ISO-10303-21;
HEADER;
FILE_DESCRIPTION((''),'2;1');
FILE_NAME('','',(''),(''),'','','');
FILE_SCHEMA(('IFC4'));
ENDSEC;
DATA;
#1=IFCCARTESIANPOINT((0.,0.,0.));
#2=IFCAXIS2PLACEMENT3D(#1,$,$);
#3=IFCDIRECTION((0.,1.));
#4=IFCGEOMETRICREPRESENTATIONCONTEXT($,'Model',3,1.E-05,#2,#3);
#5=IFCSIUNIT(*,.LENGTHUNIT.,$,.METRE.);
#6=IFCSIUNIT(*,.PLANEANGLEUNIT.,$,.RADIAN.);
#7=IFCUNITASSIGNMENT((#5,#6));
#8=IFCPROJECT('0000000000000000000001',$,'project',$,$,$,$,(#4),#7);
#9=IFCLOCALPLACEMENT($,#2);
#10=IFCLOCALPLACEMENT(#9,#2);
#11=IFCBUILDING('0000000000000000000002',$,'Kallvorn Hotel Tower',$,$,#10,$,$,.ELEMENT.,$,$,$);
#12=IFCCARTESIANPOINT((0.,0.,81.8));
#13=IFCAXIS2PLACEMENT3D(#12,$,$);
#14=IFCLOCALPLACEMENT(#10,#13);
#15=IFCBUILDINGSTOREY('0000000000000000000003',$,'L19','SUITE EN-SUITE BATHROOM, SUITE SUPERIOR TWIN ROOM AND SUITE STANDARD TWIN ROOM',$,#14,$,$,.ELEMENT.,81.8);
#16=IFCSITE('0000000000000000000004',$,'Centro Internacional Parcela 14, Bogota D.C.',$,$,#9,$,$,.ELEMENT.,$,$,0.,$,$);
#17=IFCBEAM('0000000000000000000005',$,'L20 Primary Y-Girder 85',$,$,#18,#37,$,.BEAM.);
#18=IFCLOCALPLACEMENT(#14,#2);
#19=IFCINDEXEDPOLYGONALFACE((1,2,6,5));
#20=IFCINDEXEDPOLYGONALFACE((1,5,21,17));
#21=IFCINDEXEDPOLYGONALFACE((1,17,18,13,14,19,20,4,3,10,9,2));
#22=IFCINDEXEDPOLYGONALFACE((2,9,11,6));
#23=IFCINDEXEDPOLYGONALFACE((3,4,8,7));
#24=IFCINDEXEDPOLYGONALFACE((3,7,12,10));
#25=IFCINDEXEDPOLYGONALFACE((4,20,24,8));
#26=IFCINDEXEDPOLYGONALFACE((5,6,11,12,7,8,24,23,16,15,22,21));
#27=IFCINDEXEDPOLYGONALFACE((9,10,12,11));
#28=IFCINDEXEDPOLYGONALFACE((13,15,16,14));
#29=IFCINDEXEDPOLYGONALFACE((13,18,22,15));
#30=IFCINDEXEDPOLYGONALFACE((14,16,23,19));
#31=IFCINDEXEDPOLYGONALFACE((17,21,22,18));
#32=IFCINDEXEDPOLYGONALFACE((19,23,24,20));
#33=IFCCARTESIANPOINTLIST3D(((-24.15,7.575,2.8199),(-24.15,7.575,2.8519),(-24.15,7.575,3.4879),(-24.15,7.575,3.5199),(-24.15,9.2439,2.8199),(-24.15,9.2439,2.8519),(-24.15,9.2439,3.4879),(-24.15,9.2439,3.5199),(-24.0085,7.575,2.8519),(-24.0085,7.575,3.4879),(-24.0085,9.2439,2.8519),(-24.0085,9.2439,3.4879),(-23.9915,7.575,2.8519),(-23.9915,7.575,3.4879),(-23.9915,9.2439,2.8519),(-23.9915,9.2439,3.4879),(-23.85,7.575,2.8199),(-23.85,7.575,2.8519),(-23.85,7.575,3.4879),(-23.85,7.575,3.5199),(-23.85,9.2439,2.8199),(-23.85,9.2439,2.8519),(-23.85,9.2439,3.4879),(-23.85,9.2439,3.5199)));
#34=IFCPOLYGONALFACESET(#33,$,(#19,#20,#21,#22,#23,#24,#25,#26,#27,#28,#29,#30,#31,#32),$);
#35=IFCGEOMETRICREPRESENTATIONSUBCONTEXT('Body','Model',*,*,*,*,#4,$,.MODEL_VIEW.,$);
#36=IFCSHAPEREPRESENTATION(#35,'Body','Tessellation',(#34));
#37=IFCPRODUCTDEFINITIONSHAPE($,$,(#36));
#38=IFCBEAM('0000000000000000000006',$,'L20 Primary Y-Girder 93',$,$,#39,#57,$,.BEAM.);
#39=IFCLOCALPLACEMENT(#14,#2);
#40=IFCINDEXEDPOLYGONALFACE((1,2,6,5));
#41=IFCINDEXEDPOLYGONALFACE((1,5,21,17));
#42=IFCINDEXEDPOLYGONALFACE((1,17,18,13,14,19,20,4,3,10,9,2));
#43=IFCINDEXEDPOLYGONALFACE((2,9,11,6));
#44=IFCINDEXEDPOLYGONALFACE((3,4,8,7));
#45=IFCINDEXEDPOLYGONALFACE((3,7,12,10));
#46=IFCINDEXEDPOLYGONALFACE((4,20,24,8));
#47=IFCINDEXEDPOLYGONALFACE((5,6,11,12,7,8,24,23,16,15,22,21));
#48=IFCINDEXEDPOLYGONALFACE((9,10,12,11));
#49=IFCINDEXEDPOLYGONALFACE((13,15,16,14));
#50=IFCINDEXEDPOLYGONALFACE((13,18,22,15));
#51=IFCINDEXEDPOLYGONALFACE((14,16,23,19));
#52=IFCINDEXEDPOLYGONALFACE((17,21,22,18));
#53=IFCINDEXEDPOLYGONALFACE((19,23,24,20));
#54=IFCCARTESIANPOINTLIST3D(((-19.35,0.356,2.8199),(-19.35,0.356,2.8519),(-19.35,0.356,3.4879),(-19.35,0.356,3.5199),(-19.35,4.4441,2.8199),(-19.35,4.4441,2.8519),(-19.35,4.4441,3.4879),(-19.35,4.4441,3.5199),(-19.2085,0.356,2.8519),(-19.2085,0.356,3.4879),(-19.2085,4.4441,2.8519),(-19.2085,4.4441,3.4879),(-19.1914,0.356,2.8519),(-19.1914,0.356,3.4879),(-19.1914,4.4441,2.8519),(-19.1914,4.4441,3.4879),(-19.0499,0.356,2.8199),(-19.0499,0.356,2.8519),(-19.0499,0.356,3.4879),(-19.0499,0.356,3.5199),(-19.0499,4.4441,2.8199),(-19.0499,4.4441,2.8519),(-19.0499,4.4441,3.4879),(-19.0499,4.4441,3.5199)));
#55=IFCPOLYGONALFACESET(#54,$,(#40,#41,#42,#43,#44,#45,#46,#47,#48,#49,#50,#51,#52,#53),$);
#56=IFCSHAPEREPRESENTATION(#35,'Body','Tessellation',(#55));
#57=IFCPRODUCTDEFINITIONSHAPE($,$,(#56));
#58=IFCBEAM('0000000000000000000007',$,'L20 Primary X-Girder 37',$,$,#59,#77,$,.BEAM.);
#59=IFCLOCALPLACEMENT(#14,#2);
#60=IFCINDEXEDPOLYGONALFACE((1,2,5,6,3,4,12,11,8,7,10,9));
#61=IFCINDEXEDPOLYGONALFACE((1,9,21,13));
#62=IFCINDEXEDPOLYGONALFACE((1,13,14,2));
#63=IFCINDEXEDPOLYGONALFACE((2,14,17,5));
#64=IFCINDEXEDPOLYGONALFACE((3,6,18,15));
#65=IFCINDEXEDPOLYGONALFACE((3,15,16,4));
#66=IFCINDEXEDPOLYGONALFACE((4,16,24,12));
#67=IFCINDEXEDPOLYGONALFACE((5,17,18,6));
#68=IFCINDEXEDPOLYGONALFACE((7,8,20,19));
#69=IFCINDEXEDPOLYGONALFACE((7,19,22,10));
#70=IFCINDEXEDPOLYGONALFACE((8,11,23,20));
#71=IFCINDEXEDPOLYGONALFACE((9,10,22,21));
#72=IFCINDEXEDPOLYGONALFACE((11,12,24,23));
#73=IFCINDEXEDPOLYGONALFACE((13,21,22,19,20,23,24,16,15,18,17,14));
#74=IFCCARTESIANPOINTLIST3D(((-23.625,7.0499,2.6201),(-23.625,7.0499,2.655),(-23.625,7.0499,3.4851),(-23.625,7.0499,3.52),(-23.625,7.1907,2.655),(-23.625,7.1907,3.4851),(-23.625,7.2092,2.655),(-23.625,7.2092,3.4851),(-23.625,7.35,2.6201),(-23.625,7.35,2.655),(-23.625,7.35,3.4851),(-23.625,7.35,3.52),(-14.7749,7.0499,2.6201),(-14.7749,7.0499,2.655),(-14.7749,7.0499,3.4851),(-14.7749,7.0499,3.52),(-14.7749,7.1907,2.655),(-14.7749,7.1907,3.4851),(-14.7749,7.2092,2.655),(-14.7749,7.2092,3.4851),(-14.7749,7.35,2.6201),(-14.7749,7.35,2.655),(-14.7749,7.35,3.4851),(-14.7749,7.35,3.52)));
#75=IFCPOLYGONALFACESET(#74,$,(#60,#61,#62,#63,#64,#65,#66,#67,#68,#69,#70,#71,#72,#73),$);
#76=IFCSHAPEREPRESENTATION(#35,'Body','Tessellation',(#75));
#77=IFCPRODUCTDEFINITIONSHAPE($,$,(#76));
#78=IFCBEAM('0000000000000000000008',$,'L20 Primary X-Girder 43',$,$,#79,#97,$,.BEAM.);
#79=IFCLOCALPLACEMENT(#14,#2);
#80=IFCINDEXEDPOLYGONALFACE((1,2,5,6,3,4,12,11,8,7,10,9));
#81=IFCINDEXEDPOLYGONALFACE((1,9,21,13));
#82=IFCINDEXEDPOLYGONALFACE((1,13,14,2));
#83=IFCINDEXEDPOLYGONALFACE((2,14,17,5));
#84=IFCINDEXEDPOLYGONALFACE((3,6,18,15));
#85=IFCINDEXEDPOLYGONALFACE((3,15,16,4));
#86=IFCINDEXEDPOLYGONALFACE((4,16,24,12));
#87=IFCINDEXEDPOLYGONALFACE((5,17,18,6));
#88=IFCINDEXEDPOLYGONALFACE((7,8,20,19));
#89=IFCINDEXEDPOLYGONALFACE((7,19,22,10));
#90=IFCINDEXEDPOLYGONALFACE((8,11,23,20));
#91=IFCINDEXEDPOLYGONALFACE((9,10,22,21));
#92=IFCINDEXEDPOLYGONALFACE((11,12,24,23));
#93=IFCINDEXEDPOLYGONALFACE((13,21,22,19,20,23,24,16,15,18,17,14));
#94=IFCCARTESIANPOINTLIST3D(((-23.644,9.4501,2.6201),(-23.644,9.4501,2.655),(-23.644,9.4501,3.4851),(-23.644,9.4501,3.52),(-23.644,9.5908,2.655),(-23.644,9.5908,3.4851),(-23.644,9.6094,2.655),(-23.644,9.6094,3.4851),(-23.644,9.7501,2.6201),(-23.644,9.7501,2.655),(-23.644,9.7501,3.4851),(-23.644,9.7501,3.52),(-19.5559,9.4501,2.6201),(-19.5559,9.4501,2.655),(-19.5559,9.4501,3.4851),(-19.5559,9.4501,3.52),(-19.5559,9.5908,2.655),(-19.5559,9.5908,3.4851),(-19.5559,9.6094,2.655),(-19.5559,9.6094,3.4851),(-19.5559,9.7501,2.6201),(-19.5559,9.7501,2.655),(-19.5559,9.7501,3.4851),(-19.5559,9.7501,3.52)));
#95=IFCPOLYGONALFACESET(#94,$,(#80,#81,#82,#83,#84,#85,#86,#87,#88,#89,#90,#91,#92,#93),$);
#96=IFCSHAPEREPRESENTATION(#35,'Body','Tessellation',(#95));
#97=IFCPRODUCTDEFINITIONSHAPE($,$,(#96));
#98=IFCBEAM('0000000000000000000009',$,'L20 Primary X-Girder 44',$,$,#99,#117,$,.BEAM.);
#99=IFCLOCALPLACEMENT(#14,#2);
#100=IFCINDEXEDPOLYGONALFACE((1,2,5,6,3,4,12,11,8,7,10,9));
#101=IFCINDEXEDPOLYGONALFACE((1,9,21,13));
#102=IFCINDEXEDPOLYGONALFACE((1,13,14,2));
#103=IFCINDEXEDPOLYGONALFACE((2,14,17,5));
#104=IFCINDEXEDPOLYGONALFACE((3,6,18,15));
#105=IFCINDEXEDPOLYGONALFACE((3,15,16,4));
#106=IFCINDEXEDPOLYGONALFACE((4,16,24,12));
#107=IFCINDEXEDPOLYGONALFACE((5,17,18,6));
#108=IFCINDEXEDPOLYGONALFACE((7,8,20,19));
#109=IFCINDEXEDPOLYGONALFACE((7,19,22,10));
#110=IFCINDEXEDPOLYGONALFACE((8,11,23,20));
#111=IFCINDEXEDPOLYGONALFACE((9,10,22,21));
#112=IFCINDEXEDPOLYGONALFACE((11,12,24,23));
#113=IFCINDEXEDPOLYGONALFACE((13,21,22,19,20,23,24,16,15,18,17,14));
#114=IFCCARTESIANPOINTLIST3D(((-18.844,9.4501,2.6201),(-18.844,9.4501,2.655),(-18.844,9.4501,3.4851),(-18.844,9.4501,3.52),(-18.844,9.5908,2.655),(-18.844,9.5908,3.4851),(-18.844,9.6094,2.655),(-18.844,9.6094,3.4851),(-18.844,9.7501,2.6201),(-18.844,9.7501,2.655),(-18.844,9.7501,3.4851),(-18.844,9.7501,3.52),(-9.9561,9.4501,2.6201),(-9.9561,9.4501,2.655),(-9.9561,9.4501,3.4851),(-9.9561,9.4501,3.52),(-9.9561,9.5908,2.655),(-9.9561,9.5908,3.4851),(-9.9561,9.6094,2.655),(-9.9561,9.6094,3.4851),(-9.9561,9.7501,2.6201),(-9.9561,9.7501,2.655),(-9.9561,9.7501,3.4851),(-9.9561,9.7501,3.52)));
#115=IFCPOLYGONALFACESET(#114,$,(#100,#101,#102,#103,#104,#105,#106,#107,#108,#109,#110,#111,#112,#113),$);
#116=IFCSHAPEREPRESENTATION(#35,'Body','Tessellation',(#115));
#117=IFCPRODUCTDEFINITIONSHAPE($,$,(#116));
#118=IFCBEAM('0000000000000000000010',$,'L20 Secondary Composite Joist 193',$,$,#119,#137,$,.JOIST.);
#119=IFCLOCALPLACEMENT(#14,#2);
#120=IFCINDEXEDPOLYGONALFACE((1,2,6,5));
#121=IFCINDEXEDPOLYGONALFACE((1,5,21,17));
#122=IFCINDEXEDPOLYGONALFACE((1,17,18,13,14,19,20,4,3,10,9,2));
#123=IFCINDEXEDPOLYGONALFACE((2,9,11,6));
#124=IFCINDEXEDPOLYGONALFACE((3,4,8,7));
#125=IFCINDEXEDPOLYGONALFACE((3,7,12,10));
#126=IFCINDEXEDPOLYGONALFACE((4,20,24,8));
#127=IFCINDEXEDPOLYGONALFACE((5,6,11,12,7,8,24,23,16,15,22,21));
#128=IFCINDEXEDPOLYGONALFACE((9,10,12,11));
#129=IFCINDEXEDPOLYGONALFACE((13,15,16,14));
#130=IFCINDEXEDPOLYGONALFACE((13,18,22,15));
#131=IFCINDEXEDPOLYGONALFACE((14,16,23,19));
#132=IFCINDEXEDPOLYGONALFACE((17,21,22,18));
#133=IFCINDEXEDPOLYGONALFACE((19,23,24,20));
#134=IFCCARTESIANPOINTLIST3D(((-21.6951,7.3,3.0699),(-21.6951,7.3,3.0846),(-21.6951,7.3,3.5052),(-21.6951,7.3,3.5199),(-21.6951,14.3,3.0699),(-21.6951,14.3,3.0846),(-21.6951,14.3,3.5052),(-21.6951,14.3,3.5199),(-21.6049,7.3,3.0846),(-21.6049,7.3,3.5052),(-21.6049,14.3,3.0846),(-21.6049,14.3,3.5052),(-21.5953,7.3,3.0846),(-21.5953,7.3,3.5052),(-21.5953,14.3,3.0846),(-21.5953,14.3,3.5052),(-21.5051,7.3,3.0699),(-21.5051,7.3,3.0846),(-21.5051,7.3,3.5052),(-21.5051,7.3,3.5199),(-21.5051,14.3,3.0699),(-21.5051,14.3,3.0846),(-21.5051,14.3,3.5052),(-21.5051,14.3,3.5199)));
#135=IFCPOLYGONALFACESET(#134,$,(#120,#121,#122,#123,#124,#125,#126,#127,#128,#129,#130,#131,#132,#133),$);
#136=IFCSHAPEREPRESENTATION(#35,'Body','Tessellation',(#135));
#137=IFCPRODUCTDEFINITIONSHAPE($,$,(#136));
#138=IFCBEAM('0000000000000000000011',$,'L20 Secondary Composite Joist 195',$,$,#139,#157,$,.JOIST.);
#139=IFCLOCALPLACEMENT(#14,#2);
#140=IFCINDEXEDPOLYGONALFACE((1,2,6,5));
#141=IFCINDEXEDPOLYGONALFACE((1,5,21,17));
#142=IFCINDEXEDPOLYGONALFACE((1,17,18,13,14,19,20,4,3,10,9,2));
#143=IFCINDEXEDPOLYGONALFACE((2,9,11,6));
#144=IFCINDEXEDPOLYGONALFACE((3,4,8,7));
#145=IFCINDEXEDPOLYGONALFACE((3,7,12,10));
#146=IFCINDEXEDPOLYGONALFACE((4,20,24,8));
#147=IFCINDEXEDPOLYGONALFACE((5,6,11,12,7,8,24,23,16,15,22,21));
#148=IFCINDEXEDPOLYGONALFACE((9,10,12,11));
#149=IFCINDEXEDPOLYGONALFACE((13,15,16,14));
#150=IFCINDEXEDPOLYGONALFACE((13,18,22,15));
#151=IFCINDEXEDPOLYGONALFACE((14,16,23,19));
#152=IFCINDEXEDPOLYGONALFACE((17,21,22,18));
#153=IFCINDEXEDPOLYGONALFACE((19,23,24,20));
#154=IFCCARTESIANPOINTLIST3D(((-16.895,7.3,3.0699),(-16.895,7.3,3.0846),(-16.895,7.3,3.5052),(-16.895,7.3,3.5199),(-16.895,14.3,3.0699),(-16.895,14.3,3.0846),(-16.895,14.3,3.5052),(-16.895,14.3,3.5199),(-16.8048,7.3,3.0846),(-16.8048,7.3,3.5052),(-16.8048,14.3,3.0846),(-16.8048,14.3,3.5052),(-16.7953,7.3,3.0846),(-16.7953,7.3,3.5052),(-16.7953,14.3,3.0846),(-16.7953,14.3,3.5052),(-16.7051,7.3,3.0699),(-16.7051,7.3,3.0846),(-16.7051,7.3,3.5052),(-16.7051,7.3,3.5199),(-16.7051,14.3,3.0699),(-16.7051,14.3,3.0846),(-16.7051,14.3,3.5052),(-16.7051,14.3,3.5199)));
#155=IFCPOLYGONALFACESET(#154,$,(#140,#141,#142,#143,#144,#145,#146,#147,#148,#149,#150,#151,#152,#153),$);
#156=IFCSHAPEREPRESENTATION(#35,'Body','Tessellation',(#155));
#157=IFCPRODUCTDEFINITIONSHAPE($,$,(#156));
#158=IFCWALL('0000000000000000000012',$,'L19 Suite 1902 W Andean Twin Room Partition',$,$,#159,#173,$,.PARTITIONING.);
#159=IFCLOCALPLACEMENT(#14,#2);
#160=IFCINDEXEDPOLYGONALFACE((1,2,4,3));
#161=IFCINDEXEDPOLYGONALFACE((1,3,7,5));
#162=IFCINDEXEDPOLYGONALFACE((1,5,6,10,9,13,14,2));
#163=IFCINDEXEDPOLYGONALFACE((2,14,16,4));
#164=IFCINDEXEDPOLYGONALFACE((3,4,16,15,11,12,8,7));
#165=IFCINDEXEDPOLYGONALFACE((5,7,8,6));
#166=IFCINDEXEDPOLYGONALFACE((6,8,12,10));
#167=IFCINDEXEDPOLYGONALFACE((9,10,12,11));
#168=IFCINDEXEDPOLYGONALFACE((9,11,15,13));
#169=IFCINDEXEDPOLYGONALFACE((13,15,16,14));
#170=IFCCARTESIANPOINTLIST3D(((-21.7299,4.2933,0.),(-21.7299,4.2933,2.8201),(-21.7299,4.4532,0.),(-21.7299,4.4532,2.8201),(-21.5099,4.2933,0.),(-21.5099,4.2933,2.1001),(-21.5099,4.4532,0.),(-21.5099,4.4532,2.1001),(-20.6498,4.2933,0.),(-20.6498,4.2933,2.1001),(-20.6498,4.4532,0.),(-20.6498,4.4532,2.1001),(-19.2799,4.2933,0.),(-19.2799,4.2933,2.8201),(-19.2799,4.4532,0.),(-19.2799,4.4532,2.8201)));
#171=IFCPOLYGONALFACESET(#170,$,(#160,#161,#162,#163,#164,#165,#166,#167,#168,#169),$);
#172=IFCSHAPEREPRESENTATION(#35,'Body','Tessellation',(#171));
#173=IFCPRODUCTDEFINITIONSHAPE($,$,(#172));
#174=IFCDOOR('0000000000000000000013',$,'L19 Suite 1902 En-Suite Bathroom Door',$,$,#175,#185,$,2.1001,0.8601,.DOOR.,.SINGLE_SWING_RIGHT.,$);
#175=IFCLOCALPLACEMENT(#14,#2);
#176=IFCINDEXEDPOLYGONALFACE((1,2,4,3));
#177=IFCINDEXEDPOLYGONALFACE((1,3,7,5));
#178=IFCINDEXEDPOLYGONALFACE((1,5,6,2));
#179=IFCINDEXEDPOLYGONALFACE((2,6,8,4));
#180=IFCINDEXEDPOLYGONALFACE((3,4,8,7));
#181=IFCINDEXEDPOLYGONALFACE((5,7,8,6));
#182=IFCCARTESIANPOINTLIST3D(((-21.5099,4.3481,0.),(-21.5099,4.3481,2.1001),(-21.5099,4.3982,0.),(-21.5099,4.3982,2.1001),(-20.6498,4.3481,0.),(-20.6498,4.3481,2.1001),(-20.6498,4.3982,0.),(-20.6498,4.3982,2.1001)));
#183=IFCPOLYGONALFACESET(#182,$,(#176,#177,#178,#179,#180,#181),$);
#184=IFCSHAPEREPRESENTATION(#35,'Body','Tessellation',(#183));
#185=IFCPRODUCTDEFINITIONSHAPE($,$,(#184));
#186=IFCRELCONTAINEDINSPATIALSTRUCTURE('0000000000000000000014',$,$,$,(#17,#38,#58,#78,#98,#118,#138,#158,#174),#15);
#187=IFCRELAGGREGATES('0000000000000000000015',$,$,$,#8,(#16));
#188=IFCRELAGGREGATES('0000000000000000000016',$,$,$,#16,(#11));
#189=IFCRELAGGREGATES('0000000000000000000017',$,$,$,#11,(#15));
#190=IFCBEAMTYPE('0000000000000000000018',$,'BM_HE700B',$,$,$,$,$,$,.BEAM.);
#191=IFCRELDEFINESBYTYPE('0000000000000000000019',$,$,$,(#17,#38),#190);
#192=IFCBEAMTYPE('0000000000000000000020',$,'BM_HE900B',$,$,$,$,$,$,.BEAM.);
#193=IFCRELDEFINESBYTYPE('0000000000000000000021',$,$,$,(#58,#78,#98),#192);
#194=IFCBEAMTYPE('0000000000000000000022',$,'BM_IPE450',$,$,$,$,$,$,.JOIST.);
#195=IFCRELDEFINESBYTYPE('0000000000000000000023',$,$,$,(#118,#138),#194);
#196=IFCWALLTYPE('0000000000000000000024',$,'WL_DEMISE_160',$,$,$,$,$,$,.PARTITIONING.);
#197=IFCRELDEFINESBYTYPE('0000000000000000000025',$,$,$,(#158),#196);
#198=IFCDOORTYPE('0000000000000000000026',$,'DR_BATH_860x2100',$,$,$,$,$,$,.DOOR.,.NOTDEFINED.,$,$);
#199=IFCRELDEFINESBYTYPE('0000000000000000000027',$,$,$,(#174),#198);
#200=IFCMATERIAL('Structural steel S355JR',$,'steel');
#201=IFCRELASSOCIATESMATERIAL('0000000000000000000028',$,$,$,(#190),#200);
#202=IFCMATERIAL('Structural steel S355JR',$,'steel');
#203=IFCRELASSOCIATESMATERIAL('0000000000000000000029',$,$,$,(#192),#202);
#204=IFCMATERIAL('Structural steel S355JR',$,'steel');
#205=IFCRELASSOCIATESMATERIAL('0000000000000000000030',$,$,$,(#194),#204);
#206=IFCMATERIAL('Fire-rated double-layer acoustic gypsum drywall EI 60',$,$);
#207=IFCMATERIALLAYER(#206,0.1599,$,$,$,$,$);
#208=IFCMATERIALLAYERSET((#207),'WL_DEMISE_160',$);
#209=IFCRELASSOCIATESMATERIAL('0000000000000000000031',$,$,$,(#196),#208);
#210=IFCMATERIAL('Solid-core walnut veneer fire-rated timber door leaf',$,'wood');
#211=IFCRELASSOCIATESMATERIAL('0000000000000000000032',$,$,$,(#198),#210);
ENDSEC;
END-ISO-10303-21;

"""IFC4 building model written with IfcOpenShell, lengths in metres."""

from ifc_helpers import new_model, si_unit, direction, frame, frame_2d, origin, origin_2d, place, context, subcontext, project, spatial, rectangle, i_section, extrude, material, layer, layer_set, material_profile, profile_set, type_object, element, fill, save


model = new_model("IFC4")

# Units and contexts
model_context = context("Model", 3, precision=1e-05, world=origin(), true_north=direction((0.0, 1.0)))
body_context = subcontext(model_context, "Body", "Model", "MODEL_VIEW")
ifc_project = project(units=[si_unit("LENGTHUNIT", "METRE"), si_unit("PLANEANGLEUNIT", "RADIAN")], contexts=[model_context])

# Site, building, storey
site_placement = place(None, origin())
site = spatial("IfcSite", under=ifc_project, at=site_placement, Name="Centro Internacional Parcela 14, Bogota D.C.", CompositionType="ELEMENT", RefElevation=0.0)
building_placement = place(site_placement, origin())
building = spatial("IfcBuilding", under=site, at=building_placement, Name="Kallvorn Hotel Tower", CompositionType="ELEMENT")
storey_placement = place(building_placement, frame((0.0, 0.0, 81.8)))
storey = spatial("IfcBuildingStorey", under=building, at=storey_placement, Name="L19", Description="SUITE EN-SUITE BATHROOM, SUITE SUPERIOR TWIN ROOM AND SUITE STANDARD TWIN ROOM", CompositionType="ELEMENT", Elevation=81.8)

# Beams
ifc_material_1 = material(Name="Structural steel S355JR", Category="steel")
ifc_material_profile_1 = material_profile(ifc_material_1, i_section(OverallWidth=0.3, OverallDepth=0.7, WebThickness=0.0171, FlangeThickness=0.032, at=origin_2d()), Name="HE 700 B")
ifc_profile_set_1 = profile_set([ifc_material_profile_1], Name="Structural steel S355JR")
beam_type_1 = type_object("IfcBeamType", Name="BM_HE700B", PredefinedType="BEAM", material=ifc_profile_set_1)
beam_1_placement = place(storey_placement, frame((-24.0, 7.575, 3.1699), z_axis=(0.0, 1.0, 0.0), x_axis=(-1.0, 0.0, 0.0)))
element("IfcBeam", 1, at=beam_1_placement, inside=storey, type_object=beam_type_1, Name="L20 Primary Y-Girder 85", PredefinedType="BEAM", context=body_context, shape_type="SweptSolid", body=[
    extrude(i_section(OverallWidth=0.3, OverallDepth=0.7, WebThickness=0.0171, FlangeThickness=0.032, at=origin_2d()), origin(), (0.0, 0.0, 1.0), 1.6689),
])
beam_2_placement = place(storey_placement, frame((-19.2, 0.356, 3.1699), z_axis=(0.0, 1.0, 0.0), x_axis=(-1.0, 0.0, 0.0)))
element("IfcBeam", 2, at=beam_2_placement, inside=storey, type_object=beam_type_1, Name="L20 Primary Y-Girder 93", PredefinedType="BEAM", context=body_context, shape_type="SweptSolid", body=[
    extrude(i_section(OverallWidth=0.3, OverallDepth=0.7, WebThickness=0.0171, FlangeThickness=0.032, at=origin_2d()), origin(), (0.0, 0.0, 1.0), 4.0881),
])
ifc_material_2 = material(Name="Structural steel S355JR", Category="steel")
ifc_material_profile_2 = material_profile(ifc_material_2, i_section(OverallWidth=0.3, OverallDepth=0.8999, WebThickness=0.0186, FlangeThickness=0.0349, at=origin_2d()), Name="HE 900 B")
ifc_profile_set_2 = profile_set([ifc_material_profile_2], Name="Structural steel S355JR")
beam_type_2 = type_object("IfcBeamType", Name="BM_HE900B", PredefinedType="BEAM", material=ifc_profile_set_2)
beam_3_placement = place(storey_placement, frame((-23.625, 7.2, 3.0701), z_axis=(1.0, 0.0, 0.0), x_axis=(0.0, 1.0, 0.0)))
element("IfcBeam", 3, at=beam_3_placement, inside=storey, type_object=beam_type_2, Name="L20 Primary X-Girder 37", PredefinedType="BEAM", context=body_context, shape_type="SweptSolid", body=[
    extrude(i_section(OverallWidth=0.3, OverallDepth=0.8999, WebThickness=0.0186, FlangeThickness=0.0349, at=origin_2d()), origin(), (0.0, 0.0, 1.0), 8.8501),
])
beam_4_placement = place(storey_placement, frame((-23.644, 9.6001, 3.0701), z_axis=(1.0, 0.0, 0.0), x_axis=(0.0, 1.0, 0.0)))
element("IfcBeam", 4, at=beam_4_placement, inside=storey, type_object=beam_type_2, Name="L20 Primary X-Girder 43", PredefinedType="BEAM", context=body_context, shape_type="SweptSolid", body=[
    extrude(i_section(OverallWidth=0.3, OverallDepth=0.8999, WebThickness=0.0186, FlangeThickness=0.0349, at=origin_2d()), origin(), (0.0, 0.0, 1.0), 4.0881),
])
beam_5_placement = place(storey_placement, frame((-18.844, 9.6001, 3.0701), z_axis=(1.0, 0.0, 0.0), x_axis=(0.0, 1.0, 0.0)))
element("IfcBeam", 5, at=beam_5_placement, inside=storey, type_object=beam_type_2, Name="L20 Primary X-Girder 44", PredefinedType="BEAM", context=body_context, shape_type="SweptSolid", body=[
    extrude(i_section(OverallWidth=0.3, OverallDepth=0.8999, WebThickness=0.0186, FlangeThickness=0.0349, at=origin_2d()), origin(), (0.0, 0.0, 1.0), 8.8879),
])
ifc_material_3 = material(Name="Structural steel S355JR", Category="steel")
ifc_material_profile_3 = material_profile(ifc_material_3, i_section(OverallWidth=0.1899, OverallDepth=0.45, WebThickness=0.0095, FlangeThickness=0.0146, at=origin_2d()), Name="IPE 450")
ifc_profile_set_3 = profile_set([ifc_material_profile_3], Name="Structural steel S355JR")
beam_type_3 = type_object("IfcBeamType", Name="BM_IPE450", PredefinedType="JOIST", material=ifc_profile_set_3)
for number, where, z_axis, x_axis, name in (
    (6, (-21.6001, 7.3, 3.2949), (0.0, 1.0, 0.0), (-1.0, 0.0, 0.0), "L20 Secondary Composite Joist 193"),
    (7, (-16.8, 7.3, 3.2949), (0.0, 1.0, 0.0), (-1.0, 0.0, 0.0), "L20 Secondary Composite Joist 195"),
):
    element("IfcBeam", number, at=place(storey_placement, frame(where, z_axis=z_axis, x_axis=x_axis)), inside=storey, type_object=beam_type_3, Name=name, PredefinedType="JOIST", context=body_context, shape_type="SweptSolid", body=[
        extrude(i_section(OverallWidth=0.1899, OverallDepth=0.45, WebThickness=0.0095, FlangeThickness=0.0146, at=origin_2d()), origin(), (0.0, 0.0, 1.0), 7.0),
    ])

# Wall, opening, door
ifc_material_4 = material(Name="Fire-rated double-layer acoustic gypsum drywall EI 60")
ifc_layer_1 = layer(ifc_material_4, 0.1599)
ifc_layer_set_1 = layer_set([ifc_layer_1], Name="WL_DEMISE_160")
wall_type_1 = type_object("IfcWallType", Name="WL_DEMISE_160", PredefinedType="PARTITIONING", material=ifc_layer_set_1)
wall_1_placement = place(storey_placement, frame((-21.73, 4.3733, 0.0), z_axis=(0.0, 0.0, 1.0), x_axis=(1.0, 0.0, 0.0)))
wall_1 = element("IfcWall", 8, at=wall_1_placement, inside=storey, type_object=wall_type_1, Name="L19 Suite 1902 W Andean Twin Room Partition", PredefinedType="PARTITIONING", context=body_context, shape_type="SweptSolid", body=[
    extrude(rectangle(XDim=2.45, YDim=0.1599, at=frame_2d((1.2251, 0.0))), origin(), (0.0, 0.0, 1.0), 2.8201),
])
opening_1_placement = place(wall_1_placement, frame((0.22, 0.0, 0.0)))
opening_1 = element("IfcOpeningElement", 9, at=opening_1_placement, cuts=wall_1, PredefinedType="OPENING", context=body_context, shape_type="SweptSolid", body=[
    extrude(rectangle(XDim=0.8601, YDim=2.1001, at=frame_2d((0.4302, 1.05))), frame((0.0, 0.095, 0.0), z_axis=(0.0, -1.0, 0.0), x_axis=(1.0, 0.0, 0.0)), (0.0, 0.0, 1.0), 0.1899),
])
ifc_material_5 = material(Name="Solid-core walnut veneer fire-rated timber door leaf", Category="wood")
door_type_1 = type_object("IfcDoorType", Name="DR_BATH_860x2100", OperationType="NOTDEFINED", PredefinedType="DOOR", material=ifc_material_5)
door_1_placement = place(opening_1_placement, origin())
door_1 = element("IfcDoor", 10, at=door_1_placement, inside=storey, type_object=door_type_1, Name="L19 Suite 1902 En-Suite Bathroom Door", OperationType="SINGLE_SWING_RIGHT", OverallHeight=2.1001, OverallWidth=0.8601, PredefinedType="DOOR", context=body_context, shape_type="SweptSolid", body=[
    extrude(rectangle(XDim=0.8601, YDim=2.1001, at=frame_2d((0.4302, 1.05))), frame((0.0, 0.0249, 0.0), z_axis=(0.0, -1.0, 0.0), x_axis=(1.0, 0.0, 0.0)), (0.0, 0.0, 1.0), 0.05),
])
fill(opening_1, door_1)

save(model, "model.ifc")
